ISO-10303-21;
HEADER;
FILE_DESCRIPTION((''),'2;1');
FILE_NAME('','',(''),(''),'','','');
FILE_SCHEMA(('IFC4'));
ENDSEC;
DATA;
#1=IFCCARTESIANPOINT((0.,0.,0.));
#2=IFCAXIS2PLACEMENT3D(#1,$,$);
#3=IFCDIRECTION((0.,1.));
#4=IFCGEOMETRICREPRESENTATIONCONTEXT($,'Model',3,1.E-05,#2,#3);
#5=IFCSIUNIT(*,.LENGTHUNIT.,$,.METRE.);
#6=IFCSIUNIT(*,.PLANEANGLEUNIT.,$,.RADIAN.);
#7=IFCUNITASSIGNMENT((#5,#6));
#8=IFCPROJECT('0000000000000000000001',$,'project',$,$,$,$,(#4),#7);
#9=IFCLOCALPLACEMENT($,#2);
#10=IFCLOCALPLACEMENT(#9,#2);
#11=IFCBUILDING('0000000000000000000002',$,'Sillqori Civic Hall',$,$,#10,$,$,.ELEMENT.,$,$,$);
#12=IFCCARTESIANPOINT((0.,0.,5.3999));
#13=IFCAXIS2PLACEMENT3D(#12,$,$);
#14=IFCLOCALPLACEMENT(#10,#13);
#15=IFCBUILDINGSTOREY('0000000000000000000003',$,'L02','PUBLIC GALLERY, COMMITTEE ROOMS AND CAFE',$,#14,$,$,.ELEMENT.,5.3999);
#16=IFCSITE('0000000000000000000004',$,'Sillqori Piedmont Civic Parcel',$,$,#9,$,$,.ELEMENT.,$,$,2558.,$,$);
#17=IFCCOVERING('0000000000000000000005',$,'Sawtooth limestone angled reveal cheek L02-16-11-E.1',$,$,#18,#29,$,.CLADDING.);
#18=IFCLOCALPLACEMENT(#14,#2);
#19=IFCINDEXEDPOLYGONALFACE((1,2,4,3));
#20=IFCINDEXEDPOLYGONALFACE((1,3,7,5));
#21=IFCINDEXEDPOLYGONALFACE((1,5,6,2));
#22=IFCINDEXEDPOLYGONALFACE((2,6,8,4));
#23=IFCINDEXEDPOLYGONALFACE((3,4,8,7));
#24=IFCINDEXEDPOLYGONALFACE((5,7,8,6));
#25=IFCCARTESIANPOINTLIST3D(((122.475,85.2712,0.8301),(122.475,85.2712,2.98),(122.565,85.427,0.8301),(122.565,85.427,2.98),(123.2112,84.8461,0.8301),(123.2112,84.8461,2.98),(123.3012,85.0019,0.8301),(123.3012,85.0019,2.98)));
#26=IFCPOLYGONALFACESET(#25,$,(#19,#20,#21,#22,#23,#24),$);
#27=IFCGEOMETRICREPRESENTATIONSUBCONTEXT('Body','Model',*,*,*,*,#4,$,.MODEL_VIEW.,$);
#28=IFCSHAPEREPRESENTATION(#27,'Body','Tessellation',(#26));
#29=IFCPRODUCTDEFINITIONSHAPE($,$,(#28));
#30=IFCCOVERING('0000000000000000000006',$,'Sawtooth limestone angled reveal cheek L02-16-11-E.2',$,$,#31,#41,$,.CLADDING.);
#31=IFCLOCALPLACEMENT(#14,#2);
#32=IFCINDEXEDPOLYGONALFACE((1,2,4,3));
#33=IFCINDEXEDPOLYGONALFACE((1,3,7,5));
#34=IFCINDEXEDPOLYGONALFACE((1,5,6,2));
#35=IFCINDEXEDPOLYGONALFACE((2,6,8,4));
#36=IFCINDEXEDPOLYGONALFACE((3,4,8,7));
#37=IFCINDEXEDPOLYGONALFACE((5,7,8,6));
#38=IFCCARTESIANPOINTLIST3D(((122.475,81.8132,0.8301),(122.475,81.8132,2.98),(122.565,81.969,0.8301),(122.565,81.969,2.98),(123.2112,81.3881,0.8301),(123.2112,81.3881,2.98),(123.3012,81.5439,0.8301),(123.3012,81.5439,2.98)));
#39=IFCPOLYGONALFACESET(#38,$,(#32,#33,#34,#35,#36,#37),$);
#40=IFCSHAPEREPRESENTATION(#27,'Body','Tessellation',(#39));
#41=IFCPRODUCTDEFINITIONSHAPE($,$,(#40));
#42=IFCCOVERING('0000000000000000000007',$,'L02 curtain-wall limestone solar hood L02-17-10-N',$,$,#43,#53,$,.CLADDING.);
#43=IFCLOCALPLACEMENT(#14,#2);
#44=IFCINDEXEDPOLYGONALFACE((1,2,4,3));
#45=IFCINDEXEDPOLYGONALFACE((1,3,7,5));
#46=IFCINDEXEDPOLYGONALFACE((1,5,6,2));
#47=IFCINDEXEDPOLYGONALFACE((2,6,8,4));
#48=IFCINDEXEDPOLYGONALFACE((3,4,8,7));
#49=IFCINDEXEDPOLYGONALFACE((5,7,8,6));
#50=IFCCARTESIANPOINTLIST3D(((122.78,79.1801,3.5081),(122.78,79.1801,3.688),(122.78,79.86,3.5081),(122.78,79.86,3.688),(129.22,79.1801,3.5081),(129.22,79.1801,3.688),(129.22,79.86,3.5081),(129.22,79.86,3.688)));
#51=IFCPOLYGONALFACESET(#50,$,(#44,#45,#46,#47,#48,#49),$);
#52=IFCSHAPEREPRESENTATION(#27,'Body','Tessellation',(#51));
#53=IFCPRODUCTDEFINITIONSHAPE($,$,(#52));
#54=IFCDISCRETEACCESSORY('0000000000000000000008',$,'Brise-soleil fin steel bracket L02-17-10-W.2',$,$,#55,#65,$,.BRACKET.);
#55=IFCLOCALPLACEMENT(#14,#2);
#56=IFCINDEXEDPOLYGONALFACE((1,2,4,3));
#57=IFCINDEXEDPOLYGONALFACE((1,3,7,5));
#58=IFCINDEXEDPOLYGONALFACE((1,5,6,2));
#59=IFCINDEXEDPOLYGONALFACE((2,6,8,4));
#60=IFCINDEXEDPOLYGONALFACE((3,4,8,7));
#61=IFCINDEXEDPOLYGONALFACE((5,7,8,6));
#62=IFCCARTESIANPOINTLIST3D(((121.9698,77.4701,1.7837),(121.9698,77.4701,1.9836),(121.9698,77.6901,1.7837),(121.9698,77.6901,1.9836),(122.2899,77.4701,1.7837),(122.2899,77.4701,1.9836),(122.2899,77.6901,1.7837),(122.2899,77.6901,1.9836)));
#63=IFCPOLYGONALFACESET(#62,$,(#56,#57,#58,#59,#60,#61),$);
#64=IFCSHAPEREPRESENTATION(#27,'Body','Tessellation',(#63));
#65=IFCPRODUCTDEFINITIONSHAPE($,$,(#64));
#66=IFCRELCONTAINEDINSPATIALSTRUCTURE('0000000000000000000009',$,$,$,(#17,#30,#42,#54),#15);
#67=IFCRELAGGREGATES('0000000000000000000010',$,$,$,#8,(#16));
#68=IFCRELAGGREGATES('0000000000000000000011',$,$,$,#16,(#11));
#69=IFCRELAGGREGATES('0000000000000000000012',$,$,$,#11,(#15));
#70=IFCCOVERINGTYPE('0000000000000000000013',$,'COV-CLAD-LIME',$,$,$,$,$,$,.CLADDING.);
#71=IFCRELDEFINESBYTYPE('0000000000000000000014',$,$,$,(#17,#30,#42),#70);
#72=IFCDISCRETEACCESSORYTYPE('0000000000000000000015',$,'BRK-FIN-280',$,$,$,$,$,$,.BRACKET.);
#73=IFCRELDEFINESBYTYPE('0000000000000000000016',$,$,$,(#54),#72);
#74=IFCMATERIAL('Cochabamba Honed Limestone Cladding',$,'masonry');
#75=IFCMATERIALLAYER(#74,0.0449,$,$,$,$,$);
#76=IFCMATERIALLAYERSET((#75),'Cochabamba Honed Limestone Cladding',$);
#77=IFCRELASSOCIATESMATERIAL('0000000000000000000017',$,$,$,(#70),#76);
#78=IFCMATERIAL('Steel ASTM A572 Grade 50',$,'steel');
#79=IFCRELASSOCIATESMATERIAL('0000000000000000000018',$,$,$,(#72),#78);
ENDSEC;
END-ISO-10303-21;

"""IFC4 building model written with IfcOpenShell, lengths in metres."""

from ifc_helpers import new_model, si_unit, direction, frame, frame_2d, origin, origin_2d, place, context, subcontext, project, spatial, rectangle, extrude, material, layer, layer_set, type_object, element, save


model = new_model("IFC4")

# Units and contexts
model_context = context("Model", 3, precision=1e-05, world=origin(), true_north=direction((0.0, 1.0)))
body_context = subcontext(model_context, "Body", "Model", "MODEL_VIEW")
ifc_project = project(units=[si_unit("LENGTHUNIT", "METRE"), si_unit("PLANEANGLEUNIT", "RADIAN")], contexts=[model_context])

# Site, building, storey
site_placement = place(None, origin())
site = spatial("IfcSite", under=ifc_project, at=site_placement, Name="Sillqori Piedmont Civic Parcel", CompositionType="ELEMENT", RefElevation=2558.0)
building_placement = place(site_placement, origin())
building = spatial("IfcBuilding", under=site, at=building_placement, Name="Sillqori Civic Hall", CompositionType="ELEMENT")
storey_placement = place(building_placement, frame((0.0, 0.0, 5.3999)))
storey = spatial("IfcBuildingStorey", under=building, at=storey_placement, Name="L02", Description="PUBLIC GALLERY, COMMITTEE ROOMS AND CAFE", CompositionType="ELEMENT", Elevation=5.3999)

# Coverings
ifc_material_1 = material(Name="Cochabamba Honed Limestone Cladding", Category="masonry")
ifc_layer_1 = layer(ifc_material_1, 0.0449)
ifc_layer_set_1 = layer_set([ifc_layer_1], Name="Cochabamba Honed Limestone Cladding")
covering_type = type_object("IfcCoveringType", Name="COV-CLAD-LIME", PredefinedType="CLADDING", material=ifc_layer_set_1)
for number, where, z_axis, x_axis, name in (
    (1, (122.52, 85.3491, 0.8301), (0.0, 0.0, 1.0), (0.865989, -0.500062, 0.0), "Sawtooth limestone angled reveal cheek L02-16-11-E.1"),
    (2, (122.52, 81.8911, 0.8301), (0.0, 0.0, 1.0), (0.865989, -0.500062, 0.0), "Sawtooth limestone angled reveal cheek L02-16-11-E.2"),
):
    element("IfcCovering", number, at=place(storey_placement, frame(where, z_axis=z_axis, x_axis=x_axis)), inside=storey, type_object=covering_type, Name=name, PredefinedType="CLADDING", context=body_context, shape_type="SweptSolid", body=[
        extrude(rectangle(XDim=0.8501, YDim=0.1799, at=frame_2d((0.425, 0.0))), origin(), (0.0, 0.0, 1.0), 2.1499),
    ])
covering_1_placement = place(storey_placement, frame((122.78, 79.52, 3.5081), z_axis=(0.0, 0.0, 1.0), x_axis=(1.0, 0.0, 0.0)))
element("IfcCovering", 3, at=covering_1_placement, inside=storey, type_object=covering_type, Name="L02 curtain-wall limestone solar hood L02-17-10-N", PredefinedType="CLADDING", context=body_context, shape_type="SweptSolid", body=[
    extrude(rectangle(XDim=6.4399, YDim=0.6799, at=frame_2d((3.22, 0.0))), origin(), (0.0, 0.0, 1.0), 0.1799),
])

# Discrete accessory
ifc_material_2 = material(Name="Steel ASTM A572 Grade 50", Category="steel")
discrete_accessory_type = type_object("IfcDiscreteAccessoryType", Name="BRK-FIN-280", PredefinedType="BRACKET", material=ifc_material_2)
discrete_accessory_placement = place(storey_placement, frame((122.1299, 77.5801, 1.7837), z_axis=(0.0, 0.0, 1.0), x_axis=(0.0, 1.0, 0.0)))
element("IfcDiscreteAccessory", 4, at=discrete_accessory_placement, inside=storey, type_object=discrete_accessory_type, Name="Brise-soleil fin steel bracket L02-17-10-W.2", PredefinedType="BRACKET", context=body_context, shape_type="SweptSolid", body=[
    extrude(rectangle(XDim=0.22, YDim=0.3201, at=origin_2d()), origin(), (0.0, 0.0, 1.0), 0.2),
])

save(model, "model.ifc")
